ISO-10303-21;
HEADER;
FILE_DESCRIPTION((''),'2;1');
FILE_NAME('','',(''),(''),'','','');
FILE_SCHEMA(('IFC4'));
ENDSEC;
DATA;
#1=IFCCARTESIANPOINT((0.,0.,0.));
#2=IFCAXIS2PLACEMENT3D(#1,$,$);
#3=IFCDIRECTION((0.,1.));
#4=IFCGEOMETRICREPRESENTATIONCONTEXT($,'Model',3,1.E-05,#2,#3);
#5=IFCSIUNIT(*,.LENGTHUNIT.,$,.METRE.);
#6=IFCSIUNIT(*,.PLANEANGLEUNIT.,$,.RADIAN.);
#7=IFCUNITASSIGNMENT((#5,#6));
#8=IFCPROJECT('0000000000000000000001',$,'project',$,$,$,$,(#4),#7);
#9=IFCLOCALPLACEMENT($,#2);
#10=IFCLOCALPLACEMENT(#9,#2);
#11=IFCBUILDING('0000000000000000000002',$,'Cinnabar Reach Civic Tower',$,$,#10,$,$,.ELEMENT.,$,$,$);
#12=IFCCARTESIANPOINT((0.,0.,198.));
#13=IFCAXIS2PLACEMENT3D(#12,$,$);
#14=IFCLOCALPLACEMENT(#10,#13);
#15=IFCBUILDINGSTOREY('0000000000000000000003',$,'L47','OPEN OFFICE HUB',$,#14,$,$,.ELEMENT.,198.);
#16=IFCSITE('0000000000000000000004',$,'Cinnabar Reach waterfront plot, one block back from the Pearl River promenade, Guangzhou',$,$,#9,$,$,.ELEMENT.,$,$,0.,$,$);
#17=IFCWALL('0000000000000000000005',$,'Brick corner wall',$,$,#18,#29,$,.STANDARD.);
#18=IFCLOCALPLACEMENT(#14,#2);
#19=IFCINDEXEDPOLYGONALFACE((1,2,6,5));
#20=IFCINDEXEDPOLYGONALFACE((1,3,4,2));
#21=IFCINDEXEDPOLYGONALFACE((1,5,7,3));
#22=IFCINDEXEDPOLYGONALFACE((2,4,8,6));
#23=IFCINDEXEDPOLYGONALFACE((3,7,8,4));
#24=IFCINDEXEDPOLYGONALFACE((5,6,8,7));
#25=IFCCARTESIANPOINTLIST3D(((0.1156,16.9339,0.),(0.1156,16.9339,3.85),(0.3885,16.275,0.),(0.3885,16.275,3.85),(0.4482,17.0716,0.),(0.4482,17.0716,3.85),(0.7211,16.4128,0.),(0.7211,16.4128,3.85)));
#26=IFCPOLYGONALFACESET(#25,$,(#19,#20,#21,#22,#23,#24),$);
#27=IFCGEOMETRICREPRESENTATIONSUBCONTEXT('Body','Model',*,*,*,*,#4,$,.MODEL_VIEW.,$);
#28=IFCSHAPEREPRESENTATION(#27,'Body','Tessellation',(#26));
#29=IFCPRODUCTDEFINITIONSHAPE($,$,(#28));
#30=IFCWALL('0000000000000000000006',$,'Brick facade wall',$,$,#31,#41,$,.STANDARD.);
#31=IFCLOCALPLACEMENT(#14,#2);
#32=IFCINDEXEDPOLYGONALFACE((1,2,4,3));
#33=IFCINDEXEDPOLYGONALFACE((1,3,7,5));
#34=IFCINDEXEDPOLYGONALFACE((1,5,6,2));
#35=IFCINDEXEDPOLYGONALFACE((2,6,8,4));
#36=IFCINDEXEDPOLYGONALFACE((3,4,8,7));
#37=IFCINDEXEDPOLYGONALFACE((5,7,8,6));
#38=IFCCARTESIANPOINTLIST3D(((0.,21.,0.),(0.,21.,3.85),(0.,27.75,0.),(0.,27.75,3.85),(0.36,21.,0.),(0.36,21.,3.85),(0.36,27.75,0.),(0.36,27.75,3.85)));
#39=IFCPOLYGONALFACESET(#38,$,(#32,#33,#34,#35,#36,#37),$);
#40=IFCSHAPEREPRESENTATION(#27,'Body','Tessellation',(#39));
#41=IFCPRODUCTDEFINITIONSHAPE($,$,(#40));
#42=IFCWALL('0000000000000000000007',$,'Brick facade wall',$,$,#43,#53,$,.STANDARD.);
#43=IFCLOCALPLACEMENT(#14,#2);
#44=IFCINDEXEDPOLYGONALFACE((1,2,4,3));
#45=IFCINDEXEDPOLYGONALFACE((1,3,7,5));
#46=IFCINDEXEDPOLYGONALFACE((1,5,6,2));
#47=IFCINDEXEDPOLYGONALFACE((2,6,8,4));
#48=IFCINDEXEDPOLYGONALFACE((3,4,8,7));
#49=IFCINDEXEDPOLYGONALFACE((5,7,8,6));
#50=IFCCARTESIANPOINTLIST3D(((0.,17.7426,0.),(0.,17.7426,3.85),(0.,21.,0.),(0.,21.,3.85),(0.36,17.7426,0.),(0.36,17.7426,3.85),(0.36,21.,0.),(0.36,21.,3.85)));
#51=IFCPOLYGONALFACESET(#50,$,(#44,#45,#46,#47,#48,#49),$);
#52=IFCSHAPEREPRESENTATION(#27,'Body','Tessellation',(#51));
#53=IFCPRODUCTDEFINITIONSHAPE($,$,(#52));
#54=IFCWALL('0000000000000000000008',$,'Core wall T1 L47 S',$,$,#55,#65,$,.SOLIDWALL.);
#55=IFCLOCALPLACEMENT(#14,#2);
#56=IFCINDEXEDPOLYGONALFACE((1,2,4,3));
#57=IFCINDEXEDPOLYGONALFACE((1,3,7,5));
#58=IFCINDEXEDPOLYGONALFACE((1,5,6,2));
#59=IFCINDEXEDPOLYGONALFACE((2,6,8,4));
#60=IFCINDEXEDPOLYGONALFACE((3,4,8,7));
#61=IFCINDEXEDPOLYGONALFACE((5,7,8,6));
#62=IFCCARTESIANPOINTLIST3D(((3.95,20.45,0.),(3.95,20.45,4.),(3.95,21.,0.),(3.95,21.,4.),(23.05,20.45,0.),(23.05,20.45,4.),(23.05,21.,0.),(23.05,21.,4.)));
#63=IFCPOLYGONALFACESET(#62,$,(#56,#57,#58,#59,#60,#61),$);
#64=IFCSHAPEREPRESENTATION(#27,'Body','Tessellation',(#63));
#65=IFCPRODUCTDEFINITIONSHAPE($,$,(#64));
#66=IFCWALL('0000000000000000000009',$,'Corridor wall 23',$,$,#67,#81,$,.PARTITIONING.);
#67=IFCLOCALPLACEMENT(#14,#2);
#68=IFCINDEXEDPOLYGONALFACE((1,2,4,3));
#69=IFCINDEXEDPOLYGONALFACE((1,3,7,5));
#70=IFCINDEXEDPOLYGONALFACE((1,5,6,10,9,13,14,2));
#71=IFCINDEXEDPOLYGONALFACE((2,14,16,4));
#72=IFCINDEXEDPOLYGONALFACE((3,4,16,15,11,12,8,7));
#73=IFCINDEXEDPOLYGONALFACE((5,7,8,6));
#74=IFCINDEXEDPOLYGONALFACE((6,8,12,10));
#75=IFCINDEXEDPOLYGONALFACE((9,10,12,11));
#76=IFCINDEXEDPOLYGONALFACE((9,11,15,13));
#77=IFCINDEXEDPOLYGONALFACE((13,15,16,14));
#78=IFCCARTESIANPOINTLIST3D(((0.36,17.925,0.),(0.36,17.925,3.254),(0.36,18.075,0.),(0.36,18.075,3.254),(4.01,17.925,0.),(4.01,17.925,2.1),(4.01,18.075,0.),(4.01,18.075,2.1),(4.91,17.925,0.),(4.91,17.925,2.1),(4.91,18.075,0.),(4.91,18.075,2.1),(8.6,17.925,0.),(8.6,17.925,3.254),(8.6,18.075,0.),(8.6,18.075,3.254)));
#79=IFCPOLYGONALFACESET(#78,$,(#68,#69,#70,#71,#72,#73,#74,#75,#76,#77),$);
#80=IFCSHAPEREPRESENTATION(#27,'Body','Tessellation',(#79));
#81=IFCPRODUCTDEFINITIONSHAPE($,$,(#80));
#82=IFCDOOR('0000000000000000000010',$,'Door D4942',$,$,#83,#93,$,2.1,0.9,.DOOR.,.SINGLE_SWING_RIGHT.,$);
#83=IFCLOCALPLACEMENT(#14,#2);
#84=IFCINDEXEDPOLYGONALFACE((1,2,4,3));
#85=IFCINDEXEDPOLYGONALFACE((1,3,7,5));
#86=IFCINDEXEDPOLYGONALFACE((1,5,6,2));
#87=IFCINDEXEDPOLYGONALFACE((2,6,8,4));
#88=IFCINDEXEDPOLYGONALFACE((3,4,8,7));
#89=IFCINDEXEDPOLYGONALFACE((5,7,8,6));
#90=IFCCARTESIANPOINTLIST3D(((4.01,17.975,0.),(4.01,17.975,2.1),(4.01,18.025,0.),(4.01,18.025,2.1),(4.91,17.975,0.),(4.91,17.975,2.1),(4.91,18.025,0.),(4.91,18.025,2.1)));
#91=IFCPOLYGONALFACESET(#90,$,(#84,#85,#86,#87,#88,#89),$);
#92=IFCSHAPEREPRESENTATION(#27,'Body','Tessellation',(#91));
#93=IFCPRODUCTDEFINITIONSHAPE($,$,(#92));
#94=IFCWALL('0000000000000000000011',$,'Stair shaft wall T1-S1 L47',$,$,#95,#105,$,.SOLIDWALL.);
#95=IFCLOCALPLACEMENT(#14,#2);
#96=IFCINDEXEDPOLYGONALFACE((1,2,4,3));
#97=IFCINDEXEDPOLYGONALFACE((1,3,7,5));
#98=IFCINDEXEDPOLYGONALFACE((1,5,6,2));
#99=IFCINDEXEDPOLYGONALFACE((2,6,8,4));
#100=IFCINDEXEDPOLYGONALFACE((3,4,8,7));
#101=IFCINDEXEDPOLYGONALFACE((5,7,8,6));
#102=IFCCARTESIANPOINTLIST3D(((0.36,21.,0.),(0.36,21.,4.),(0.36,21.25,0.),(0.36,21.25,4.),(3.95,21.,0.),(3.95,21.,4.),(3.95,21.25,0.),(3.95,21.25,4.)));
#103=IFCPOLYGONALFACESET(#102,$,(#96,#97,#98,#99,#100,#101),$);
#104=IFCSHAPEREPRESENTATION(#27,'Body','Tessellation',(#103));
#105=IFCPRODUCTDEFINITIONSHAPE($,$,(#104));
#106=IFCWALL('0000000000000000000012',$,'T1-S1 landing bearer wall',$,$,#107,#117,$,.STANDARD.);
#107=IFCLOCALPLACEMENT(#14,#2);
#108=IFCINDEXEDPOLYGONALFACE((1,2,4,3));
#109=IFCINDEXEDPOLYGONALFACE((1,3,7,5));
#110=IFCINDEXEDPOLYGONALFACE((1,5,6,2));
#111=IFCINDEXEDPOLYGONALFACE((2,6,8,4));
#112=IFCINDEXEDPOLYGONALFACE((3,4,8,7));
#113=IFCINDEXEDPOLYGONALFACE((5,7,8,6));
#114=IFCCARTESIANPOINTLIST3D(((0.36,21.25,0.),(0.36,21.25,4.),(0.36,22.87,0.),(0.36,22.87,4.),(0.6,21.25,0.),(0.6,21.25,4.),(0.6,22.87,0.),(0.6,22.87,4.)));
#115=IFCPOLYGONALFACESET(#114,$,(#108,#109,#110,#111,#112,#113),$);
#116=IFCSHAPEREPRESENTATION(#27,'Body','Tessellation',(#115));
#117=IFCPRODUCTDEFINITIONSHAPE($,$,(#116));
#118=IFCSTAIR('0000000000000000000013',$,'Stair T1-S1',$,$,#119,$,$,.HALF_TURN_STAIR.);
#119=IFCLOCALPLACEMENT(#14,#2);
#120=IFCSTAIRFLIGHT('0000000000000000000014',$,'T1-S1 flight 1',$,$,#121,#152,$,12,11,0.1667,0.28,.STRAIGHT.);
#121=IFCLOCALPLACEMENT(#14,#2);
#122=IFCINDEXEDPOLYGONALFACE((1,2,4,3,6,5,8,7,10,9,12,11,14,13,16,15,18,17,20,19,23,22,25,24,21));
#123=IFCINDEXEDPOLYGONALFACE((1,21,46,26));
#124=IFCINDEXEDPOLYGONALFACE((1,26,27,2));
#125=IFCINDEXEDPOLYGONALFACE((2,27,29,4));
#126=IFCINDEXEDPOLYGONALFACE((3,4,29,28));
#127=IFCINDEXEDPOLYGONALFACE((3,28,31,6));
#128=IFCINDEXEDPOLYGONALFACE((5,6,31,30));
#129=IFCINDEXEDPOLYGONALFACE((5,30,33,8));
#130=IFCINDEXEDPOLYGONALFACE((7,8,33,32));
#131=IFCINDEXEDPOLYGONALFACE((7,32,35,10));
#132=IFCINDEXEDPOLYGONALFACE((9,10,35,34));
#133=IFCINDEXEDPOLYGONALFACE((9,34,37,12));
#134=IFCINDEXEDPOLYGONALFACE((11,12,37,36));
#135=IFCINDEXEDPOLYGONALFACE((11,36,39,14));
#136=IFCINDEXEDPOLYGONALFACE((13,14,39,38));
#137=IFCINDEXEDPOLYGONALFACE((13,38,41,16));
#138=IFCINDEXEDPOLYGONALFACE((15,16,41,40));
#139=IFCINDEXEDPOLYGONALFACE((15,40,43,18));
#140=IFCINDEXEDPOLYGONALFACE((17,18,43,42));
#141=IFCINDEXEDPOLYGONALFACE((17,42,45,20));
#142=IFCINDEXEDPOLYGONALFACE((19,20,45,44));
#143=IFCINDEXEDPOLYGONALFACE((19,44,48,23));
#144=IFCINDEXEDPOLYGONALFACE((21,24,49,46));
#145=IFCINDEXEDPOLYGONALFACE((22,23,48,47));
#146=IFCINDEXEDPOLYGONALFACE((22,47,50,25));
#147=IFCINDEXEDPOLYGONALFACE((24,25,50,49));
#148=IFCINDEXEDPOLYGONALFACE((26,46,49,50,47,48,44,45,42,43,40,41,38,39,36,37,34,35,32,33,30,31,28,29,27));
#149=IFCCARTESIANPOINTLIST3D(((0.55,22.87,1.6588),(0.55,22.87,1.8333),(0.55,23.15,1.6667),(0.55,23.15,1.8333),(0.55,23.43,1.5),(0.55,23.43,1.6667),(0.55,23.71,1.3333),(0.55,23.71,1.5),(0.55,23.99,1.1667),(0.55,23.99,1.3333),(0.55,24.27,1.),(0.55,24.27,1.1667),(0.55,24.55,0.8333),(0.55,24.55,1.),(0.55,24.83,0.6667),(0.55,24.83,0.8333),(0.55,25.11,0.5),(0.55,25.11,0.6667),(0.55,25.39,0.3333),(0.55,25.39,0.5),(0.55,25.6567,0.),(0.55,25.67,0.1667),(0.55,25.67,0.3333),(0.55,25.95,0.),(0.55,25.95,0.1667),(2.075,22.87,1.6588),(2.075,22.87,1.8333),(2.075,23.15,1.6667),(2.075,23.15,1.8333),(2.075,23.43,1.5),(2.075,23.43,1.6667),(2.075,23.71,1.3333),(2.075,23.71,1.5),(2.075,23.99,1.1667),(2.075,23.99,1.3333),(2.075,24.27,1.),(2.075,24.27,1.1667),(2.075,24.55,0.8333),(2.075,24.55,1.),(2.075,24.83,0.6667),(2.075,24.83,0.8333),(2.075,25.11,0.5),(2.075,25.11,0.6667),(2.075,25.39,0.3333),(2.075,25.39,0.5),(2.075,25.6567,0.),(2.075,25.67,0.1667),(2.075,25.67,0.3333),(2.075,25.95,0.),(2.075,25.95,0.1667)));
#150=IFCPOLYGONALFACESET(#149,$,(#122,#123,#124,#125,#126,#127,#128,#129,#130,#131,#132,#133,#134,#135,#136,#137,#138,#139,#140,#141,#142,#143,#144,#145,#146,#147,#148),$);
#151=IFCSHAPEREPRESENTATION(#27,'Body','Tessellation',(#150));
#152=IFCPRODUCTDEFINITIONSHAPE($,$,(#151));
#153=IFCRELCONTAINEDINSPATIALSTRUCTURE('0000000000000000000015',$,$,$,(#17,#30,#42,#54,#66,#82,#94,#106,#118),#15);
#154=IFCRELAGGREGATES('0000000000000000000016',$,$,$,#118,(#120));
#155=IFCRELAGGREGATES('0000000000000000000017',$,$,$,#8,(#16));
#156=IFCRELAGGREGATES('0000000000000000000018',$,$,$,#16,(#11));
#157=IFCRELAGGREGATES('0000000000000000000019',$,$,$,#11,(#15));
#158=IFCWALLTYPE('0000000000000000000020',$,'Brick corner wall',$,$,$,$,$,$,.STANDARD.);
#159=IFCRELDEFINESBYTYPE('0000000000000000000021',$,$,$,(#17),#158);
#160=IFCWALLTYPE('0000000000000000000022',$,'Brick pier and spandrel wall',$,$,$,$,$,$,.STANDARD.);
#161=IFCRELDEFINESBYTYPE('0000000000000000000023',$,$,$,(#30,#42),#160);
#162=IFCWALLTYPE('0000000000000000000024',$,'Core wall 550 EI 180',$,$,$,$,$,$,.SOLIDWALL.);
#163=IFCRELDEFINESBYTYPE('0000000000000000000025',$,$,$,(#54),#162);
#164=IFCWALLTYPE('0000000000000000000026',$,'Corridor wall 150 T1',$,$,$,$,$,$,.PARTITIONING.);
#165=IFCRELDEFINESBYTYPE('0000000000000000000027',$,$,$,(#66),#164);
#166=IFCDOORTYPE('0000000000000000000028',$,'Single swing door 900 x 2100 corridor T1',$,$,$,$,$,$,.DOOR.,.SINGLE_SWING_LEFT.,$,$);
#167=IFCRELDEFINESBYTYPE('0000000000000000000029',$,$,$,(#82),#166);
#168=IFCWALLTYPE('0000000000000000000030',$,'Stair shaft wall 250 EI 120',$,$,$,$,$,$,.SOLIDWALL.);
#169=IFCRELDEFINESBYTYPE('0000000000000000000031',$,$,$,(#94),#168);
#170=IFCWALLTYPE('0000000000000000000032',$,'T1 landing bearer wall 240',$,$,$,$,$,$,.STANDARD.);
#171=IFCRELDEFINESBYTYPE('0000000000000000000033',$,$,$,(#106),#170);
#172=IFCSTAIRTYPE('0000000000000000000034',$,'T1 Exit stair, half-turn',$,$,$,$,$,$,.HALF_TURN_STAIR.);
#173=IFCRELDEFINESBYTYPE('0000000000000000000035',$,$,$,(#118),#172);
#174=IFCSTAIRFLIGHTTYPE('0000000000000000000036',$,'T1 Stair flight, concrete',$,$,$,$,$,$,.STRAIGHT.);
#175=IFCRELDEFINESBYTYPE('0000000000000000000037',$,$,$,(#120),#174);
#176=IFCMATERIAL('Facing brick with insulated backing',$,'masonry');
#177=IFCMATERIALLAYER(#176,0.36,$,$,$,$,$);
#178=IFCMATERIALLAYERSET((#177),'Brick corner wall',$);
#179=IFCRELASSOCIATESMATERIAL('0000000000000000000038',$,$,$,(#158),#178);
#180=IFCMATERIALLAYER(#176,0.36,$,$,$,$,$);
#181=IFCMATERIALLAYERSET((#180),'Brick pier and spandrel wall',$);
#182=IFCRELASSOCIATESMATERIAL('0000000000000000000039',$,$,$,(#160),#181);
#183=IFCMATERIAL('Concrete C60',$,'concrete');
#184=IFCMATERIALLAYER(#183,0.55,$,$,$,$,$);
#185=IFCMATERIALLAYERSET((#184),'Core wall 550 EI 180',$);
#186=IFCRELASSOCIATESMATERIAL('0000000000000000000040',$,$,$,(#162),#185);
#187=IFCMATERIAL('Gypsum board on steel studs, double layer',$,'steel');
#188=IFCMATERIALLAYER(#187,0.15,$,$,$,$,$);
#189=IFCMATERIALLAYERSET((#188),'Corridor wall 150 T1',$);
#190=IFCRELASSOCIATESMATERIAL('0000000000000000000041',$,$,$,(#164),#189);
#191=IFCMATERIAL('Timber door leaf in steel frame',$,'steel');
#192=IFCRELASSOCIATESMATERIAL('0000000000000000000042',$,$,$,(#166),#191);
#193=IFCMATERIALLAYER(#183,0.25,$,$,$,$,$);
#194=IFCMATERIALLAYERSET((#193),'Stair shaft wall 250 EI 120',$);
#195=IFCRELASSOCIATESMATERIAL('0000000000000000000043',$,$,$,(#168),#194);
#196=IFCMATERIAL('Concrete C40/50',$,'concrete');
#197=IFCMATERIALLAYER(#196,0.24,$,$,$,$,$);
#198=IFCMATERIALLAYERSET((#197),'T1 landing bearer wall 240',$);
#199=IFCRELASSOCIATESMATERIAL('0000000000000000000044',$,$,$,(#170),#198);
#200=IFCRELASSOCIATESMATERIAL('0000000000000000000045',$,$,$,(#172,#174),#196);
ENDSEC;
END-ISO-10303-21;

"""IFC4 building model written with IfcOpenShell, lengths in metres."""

from ifc_helpers import new_model, si_unit, direction, frame, frame_2d, origin, place, context, subcontext, project, spatial, polyline, rectangle, outline, extrude, material, layer, layer_set, type_object, element, fill, aggregate, save


model = new_model("IFC4")

# Units and contexts
model_context = context("Model", 3, precision=1e-05, world=origin(), true_north=direction((0.0, 1.0)))
body_context = subcontext(model_context, "Body", "Model", "MODEL_VIEW")
ifc_project = project(units=[si_unit("LENGTHUNIT", "METRE"), si_unit("PLANEANGLEUNIT", "RADIAN")], contexts=[model_context])

# Site, building, storey
site_placement = place(None, origin())
site = spatial("IfcSite", under=ifc_project, at=site_placement, Name="Cinnabar Reach waterfront plot, one block back from the Pearl River promenade, Guangzhou", CompositionType="ELEMENT", RefElevation=0.0)
building_placement = place(site_placement, origin())
building = spatial("IfcBuilding", under=site, at=building_placement, Name="Cinnabar Reach Civic Tower", CompositionType="ELEMENT")
storey_placement = place(building_placement, frame((0.0, 0.0, 198.0)))
storey = spatial("IfcBuildingStorey", under=building, at=storey_placement, Name="L47", Description="OPEN OFFICE HUB", CompositionType="ELEMENT", Elevation=198.0)

# Walls
ifc_material_1 = material(Name="Facing brick with insulated backing", Category="masonry")
ifc_layer_1 = layer(ifc_material_1, 0.36)
ifc_layer_set_1 = layer_set([ifc_layer_1], Name="Brick corner wall")
wall_type_1 = type_object("IfcWallType", Name="Brick corner wall", PredefinedType="STANDARD", material=ifc_layer_set_1)
for number, where, z_axis, x_axis, name in (
    (1, (0.2819, 17.0027, 0.0), (0.0, 0.0, 1.0), (0.382703, -0.923872, 0.0), "Brick corner wall"),
):
    element("IfcWall", number, at=place(storey_placement, frame(where, z_axis=z_axis, x_axis=x_axis)), inside=storey, type_object=wall_type_1, Name=name, PredefinedType="STANDARD", context=body_context, shape_type="SweptSolid", body=[
        extrude(rectangle(XDim=0.7131, YDim=0.36, at=frame_2d((0.3565, 0.0))), origin(), (0.0, 0.0, 1.0), 3.85),
    ])
ifc_layer_2 = layer(ifc_material_1, 0.36)
ifc_layer_set_2 = layer_set([ifc_layer_2], Name="Brick pier and spandrel wall")
wall_type_2 = type_object("IfcWallType", Name="Brick pier and spandrel wall", PredefinedType="STANDARD", material=ifc_layer_set_2)
wall_1_placement = place(storey_placement, frame((0.18, 27.75, 0.0), z_axis=(0.0, 0.0, 1.0), x_axis=(0.0, -1.0, 0.0)))
element("IfcWall", 2, at=wall_1_placement, inside=storey, type_object=wall_type_2, Name="Brick facade wall", PredefinedType="STANDARD", context=body_context, shape_type="SweptSolid", body=[
    extrude(rectangle(XDim=6.75, YDim=0.36, at=frame_2d((3.375, 0.0))), origin(), (0.0, 0.0, 1.0), 3.85),
])
wall_2_placement = place(storey_placement, frame((0.18, 21.0, 0.0), z_axis=(0.0, 0.0, 1.0), x_axis=(0.0, -1.0, 0.0)))
element("IfcWall", 3, at=wall_2_placement, inside=storey, type_object=wall_type_2, Name="Brick facade wall", PredefinedType="STANDARD", context=body_context, shape_type="SweptSolid", body=[
    extrude(rectangle(XDim=3.2574, YDim=0.36, at=frame_2d((1.6287, 0.0))), origin(), (0.0, 0.0, 1.0), 3.85),
])
ifc_material_2 = material(Name="Concrete C60", Category="concrete")
ifc_layer_3 = layer(ifc_material_2, 0.55)
ifc_layer_set_3 = layer_set([ifc_layer_3], Name="Core wall 550 EI 180")
wall_type_3 = type_object("IfcWallType", Name="Core wall 550 EI 180", PredefinedType="SOLIDWALL", material=ifc_layer_set_3)
wall_3_placement = place(storey_placement, frame((3.95, 20.725, 0.0), z_axis=(0.0, 0.0, 1.0), x_axis=(1.0, 0.0, 0.0)))
element("IfcWall", 4, at=wall_3_placement, inside=storey, type_object=wall_type_3, Name="Core wall T1 L47 S", PredefinedType="SOLIDWALL", context=body_context, shape_type="SweptSolid", body=[
    extrude(rectangle(XDim=19.1, YDim=0.55, at=frame_2d((9.55, 0.0))), origin(), (0.0, 0.0, 1.0), 4.0),
])

# Wall, opening, door
ifc_material_3 = material(Name="Gypsum board on steel studs, double layer", Category="steel")
ifc_layer_4 = layer(ifc_material_3, 0.15)
ifc_layer_set_4 = layer_set([ifc_layer_4], Name="Corridor wall 150 T1")
wall_type_4 = type_object("IfcWallType", Name="Corridor wall 150 T1", PredefinedType="PARTITIONING", material=ifc_layer_set_4)
wall_4_placement = place(storey_placement, frame((0.36, 18.0, 0.0), z_axis=(0.0, 0.0, 1.0), x_axis=(1.0, 0.0, 0.0)))
wall_4 = element("IfcWall", 5, at=wall_4_placement, inside=storey, type_object=wall_type_4, Name="Corridor wall 23", PredefinedType="PARTITIONING", context=body_context, shape_type="SweptSolid", body=[
    extrude(rectangle(XDim=8.24, YDim=0.15, at=frame_2d((4.12, 0.0))), origin(), (0.0, 0.0, 1.0), 3.254),
])
opening_placement = place(wall_4_placement, frame((3.65, 0.0, 0.0)))
opening = element("IfcOpeningElement", 6, at=opening_placement, cuts=wall_4, PredefinedType="OPENING", context=body_context, shape_type="SweptSolid", body=[
    extrude(rectangle(XDim=0.9, YDim=2.1, at=frame_2d((0.45, 1.05))), frame((0.0, 0.085, 0.0), z_axis=(0.0, -1.0, 0.0), x_axis=(1.0, 0.0, 0.0)), (0.0, 0.0, 1.0), 0.17),
])
ifc_material_4 = material(Name="Timber door leaf in steel frame", Category="steel")
door_type = type_object("IfcDoorType", Name="Single swing door 900 x 2100 corridor T1", OperationType="SINGLE_SWING_LEFT", PredefinedType="DOOR", material=ifc_material_4)
door_placement = place(opening_placement, frame((0.9, 0.0, 0.0), z_axis=(0.0, 0.0, 1.0), x_axis=(-1.0, 0.0, 0.0)))
door = element("IfcDoor", 7, at=door_placement, inside=storey, type_object=door_type, Name="Door D4942", OperationType="SINGLE_SWING_RIGHT", OverallHeight=2.1, OverallWidth=0.9, PredefinedType="DOOR", context=body_context, shape_type="SweptSolid", body=[
    extrude(rectangle(XDim=0.9, YDim=2.1, at=frame_2d((0.45, 1.05))), frame((0.0, 0.025, 0.0), z_axis=(0.0, -1.0, 0.0), x_axis=(1.0, 0.0, 0.0)), (0.0, 0.0, 1.0), 0.05),
])
fill(opening, door)

# Walls
ifc_layer_5 = layer(ifc_material_2, 0.25)
ifc_layer_set_5 = layer_set([ifc_layer_5], Name="Stair shaft wall 250 EI 120")
wall_type_5 = type_object("IfcWallType", Name="Stair shaft wall 250 EI 120", PredefinedType="SOLIDWALL", material=ifc_layer_set_5)
wall_5_placement = place(storey_placement, frame((0.36, 21.125, 0.0), z_axis=(0.0, 0.0, 1.0), x_axis=(1.0, 0.0, 0.0)))
element("IfcWall", 8, at=wall_5_placement, inside=storey, type_object=wall_type_5, Name="Stair shaft wall T1-S1 L47", PredefinedType="SOLIDWALL", context=body_context, shape_type="SweptSolid", body=[
    extrude(rectangle(XDim=3.59, YDim=0.25, at=frame_2d((1.795, 0.0))), origin(), (0.0, 0.0, 1.0), 4.0),
])
ifc_material_5 = material(Name="Concrete C40/50", Category="concrete")
ifc_layer_6 = layer(ifc_material_5, 0.24)
ifc_layer_set_6 = layer_set([ifc_layer_6], Name="T1 landing bearer wall 240")
wall_type_6 = type_object("IfcWallType", Name="T1 landing bearer wall 240", PredefinedType="STANDARD", material=ifc_layer_set_6)
wall_6_placement = place(storey_placement, frame((0.48, 21.25, 0.0), z_axis=(0.0, 0.0, 1.0), x_axis=(0.0, 1.0, 0.0)))
element("IfcWall", 9, at=wall_6_placement, inside=storey, type_object=wall_type_6, Name="T1-S1 landing bearer wall", PredefinedType="STANDARD", context=body_context, shape_type="SweptSolid", body=[
    extrude(rectangle(XDim=1.62, YDim=0.24, at=frame_2d((0.81, 0.0))), origin(), (0.0, 0.0, 1.0), 4.0),
])

# Stair, stair flight
stair_type = type_object("IfcStairType", Name="T1 Exit stair, half-turn", PredefinedType="HALF_TURN_STAIR", material=ifc_material_5)
stair_placement = place(storey_placement, origin())
stair = element("IfcStair", 10, at=stair_placement, inside=storey, type_object=stair_type, Name="Stair T1-S1", PredefinedType="HALF_TURN_STAIR")
stair_flight_type = type_object("IfcStairFlightType", Name="T1 Stair flight, concrete", PredefinedType="STRAIGHT", material=ifc_material_5)
stair_flight_1_placement = place(storey_placement, frame((1.3125, 25.95, 0.0), z_axis=(0.0, 0.0, 1.0), x_axis=(0.0, -1.0, 0.0)))
stair_flight_1 = element("IfcStairFlight", 11, at=stair_flight_1_placement, type_object=stair_flight_type, Name="T1-S1 flight 1", NumberOfRisers=12, NumberOfTreads=11, PredefinedType="STRAIGHT", RiserHeight=0.1667, TreadLength=0.28, context=body_context, shape_type="SweptSolid", body=[
    extrude(outline(polyline([(0.0, 0.0), (0.0, 0.1667), (0.28, 0.1667), (0.28, 0.3333), (0.56, 0.3333), (0.56, 0.5), (0.84, 0.5), (0.84, 0.6667), (1.12, 0.6667), (1.12, 0.8333), (1.4, 0.8333), (1.4, 1.0), (1.68, 1.0), (1.68, 1.1667), (1.96, 1.1667), (1.96, 1.3333), (2.24, 1.3333), (2.24, 1.5), (2.52, 1.5), (2.52, 1.6667), (2.8, 1.6667), (2.8, 1.8333), (3.08, 1.8333), (3.08, 2.0), (3.08, 1.6588), (0.2933, 0.0), (0.0, 0.0)])), frame((0.0, 0.7625, 0.0), z_axis=(0.0, -1.0, 0.0), x_axis=(1.0, 0.0, 0.0)), (0.0, 0.0, 1.0), 1.525),
])
aggregate(stair, [stair_flight_1])

save(model, "model.ifc")
